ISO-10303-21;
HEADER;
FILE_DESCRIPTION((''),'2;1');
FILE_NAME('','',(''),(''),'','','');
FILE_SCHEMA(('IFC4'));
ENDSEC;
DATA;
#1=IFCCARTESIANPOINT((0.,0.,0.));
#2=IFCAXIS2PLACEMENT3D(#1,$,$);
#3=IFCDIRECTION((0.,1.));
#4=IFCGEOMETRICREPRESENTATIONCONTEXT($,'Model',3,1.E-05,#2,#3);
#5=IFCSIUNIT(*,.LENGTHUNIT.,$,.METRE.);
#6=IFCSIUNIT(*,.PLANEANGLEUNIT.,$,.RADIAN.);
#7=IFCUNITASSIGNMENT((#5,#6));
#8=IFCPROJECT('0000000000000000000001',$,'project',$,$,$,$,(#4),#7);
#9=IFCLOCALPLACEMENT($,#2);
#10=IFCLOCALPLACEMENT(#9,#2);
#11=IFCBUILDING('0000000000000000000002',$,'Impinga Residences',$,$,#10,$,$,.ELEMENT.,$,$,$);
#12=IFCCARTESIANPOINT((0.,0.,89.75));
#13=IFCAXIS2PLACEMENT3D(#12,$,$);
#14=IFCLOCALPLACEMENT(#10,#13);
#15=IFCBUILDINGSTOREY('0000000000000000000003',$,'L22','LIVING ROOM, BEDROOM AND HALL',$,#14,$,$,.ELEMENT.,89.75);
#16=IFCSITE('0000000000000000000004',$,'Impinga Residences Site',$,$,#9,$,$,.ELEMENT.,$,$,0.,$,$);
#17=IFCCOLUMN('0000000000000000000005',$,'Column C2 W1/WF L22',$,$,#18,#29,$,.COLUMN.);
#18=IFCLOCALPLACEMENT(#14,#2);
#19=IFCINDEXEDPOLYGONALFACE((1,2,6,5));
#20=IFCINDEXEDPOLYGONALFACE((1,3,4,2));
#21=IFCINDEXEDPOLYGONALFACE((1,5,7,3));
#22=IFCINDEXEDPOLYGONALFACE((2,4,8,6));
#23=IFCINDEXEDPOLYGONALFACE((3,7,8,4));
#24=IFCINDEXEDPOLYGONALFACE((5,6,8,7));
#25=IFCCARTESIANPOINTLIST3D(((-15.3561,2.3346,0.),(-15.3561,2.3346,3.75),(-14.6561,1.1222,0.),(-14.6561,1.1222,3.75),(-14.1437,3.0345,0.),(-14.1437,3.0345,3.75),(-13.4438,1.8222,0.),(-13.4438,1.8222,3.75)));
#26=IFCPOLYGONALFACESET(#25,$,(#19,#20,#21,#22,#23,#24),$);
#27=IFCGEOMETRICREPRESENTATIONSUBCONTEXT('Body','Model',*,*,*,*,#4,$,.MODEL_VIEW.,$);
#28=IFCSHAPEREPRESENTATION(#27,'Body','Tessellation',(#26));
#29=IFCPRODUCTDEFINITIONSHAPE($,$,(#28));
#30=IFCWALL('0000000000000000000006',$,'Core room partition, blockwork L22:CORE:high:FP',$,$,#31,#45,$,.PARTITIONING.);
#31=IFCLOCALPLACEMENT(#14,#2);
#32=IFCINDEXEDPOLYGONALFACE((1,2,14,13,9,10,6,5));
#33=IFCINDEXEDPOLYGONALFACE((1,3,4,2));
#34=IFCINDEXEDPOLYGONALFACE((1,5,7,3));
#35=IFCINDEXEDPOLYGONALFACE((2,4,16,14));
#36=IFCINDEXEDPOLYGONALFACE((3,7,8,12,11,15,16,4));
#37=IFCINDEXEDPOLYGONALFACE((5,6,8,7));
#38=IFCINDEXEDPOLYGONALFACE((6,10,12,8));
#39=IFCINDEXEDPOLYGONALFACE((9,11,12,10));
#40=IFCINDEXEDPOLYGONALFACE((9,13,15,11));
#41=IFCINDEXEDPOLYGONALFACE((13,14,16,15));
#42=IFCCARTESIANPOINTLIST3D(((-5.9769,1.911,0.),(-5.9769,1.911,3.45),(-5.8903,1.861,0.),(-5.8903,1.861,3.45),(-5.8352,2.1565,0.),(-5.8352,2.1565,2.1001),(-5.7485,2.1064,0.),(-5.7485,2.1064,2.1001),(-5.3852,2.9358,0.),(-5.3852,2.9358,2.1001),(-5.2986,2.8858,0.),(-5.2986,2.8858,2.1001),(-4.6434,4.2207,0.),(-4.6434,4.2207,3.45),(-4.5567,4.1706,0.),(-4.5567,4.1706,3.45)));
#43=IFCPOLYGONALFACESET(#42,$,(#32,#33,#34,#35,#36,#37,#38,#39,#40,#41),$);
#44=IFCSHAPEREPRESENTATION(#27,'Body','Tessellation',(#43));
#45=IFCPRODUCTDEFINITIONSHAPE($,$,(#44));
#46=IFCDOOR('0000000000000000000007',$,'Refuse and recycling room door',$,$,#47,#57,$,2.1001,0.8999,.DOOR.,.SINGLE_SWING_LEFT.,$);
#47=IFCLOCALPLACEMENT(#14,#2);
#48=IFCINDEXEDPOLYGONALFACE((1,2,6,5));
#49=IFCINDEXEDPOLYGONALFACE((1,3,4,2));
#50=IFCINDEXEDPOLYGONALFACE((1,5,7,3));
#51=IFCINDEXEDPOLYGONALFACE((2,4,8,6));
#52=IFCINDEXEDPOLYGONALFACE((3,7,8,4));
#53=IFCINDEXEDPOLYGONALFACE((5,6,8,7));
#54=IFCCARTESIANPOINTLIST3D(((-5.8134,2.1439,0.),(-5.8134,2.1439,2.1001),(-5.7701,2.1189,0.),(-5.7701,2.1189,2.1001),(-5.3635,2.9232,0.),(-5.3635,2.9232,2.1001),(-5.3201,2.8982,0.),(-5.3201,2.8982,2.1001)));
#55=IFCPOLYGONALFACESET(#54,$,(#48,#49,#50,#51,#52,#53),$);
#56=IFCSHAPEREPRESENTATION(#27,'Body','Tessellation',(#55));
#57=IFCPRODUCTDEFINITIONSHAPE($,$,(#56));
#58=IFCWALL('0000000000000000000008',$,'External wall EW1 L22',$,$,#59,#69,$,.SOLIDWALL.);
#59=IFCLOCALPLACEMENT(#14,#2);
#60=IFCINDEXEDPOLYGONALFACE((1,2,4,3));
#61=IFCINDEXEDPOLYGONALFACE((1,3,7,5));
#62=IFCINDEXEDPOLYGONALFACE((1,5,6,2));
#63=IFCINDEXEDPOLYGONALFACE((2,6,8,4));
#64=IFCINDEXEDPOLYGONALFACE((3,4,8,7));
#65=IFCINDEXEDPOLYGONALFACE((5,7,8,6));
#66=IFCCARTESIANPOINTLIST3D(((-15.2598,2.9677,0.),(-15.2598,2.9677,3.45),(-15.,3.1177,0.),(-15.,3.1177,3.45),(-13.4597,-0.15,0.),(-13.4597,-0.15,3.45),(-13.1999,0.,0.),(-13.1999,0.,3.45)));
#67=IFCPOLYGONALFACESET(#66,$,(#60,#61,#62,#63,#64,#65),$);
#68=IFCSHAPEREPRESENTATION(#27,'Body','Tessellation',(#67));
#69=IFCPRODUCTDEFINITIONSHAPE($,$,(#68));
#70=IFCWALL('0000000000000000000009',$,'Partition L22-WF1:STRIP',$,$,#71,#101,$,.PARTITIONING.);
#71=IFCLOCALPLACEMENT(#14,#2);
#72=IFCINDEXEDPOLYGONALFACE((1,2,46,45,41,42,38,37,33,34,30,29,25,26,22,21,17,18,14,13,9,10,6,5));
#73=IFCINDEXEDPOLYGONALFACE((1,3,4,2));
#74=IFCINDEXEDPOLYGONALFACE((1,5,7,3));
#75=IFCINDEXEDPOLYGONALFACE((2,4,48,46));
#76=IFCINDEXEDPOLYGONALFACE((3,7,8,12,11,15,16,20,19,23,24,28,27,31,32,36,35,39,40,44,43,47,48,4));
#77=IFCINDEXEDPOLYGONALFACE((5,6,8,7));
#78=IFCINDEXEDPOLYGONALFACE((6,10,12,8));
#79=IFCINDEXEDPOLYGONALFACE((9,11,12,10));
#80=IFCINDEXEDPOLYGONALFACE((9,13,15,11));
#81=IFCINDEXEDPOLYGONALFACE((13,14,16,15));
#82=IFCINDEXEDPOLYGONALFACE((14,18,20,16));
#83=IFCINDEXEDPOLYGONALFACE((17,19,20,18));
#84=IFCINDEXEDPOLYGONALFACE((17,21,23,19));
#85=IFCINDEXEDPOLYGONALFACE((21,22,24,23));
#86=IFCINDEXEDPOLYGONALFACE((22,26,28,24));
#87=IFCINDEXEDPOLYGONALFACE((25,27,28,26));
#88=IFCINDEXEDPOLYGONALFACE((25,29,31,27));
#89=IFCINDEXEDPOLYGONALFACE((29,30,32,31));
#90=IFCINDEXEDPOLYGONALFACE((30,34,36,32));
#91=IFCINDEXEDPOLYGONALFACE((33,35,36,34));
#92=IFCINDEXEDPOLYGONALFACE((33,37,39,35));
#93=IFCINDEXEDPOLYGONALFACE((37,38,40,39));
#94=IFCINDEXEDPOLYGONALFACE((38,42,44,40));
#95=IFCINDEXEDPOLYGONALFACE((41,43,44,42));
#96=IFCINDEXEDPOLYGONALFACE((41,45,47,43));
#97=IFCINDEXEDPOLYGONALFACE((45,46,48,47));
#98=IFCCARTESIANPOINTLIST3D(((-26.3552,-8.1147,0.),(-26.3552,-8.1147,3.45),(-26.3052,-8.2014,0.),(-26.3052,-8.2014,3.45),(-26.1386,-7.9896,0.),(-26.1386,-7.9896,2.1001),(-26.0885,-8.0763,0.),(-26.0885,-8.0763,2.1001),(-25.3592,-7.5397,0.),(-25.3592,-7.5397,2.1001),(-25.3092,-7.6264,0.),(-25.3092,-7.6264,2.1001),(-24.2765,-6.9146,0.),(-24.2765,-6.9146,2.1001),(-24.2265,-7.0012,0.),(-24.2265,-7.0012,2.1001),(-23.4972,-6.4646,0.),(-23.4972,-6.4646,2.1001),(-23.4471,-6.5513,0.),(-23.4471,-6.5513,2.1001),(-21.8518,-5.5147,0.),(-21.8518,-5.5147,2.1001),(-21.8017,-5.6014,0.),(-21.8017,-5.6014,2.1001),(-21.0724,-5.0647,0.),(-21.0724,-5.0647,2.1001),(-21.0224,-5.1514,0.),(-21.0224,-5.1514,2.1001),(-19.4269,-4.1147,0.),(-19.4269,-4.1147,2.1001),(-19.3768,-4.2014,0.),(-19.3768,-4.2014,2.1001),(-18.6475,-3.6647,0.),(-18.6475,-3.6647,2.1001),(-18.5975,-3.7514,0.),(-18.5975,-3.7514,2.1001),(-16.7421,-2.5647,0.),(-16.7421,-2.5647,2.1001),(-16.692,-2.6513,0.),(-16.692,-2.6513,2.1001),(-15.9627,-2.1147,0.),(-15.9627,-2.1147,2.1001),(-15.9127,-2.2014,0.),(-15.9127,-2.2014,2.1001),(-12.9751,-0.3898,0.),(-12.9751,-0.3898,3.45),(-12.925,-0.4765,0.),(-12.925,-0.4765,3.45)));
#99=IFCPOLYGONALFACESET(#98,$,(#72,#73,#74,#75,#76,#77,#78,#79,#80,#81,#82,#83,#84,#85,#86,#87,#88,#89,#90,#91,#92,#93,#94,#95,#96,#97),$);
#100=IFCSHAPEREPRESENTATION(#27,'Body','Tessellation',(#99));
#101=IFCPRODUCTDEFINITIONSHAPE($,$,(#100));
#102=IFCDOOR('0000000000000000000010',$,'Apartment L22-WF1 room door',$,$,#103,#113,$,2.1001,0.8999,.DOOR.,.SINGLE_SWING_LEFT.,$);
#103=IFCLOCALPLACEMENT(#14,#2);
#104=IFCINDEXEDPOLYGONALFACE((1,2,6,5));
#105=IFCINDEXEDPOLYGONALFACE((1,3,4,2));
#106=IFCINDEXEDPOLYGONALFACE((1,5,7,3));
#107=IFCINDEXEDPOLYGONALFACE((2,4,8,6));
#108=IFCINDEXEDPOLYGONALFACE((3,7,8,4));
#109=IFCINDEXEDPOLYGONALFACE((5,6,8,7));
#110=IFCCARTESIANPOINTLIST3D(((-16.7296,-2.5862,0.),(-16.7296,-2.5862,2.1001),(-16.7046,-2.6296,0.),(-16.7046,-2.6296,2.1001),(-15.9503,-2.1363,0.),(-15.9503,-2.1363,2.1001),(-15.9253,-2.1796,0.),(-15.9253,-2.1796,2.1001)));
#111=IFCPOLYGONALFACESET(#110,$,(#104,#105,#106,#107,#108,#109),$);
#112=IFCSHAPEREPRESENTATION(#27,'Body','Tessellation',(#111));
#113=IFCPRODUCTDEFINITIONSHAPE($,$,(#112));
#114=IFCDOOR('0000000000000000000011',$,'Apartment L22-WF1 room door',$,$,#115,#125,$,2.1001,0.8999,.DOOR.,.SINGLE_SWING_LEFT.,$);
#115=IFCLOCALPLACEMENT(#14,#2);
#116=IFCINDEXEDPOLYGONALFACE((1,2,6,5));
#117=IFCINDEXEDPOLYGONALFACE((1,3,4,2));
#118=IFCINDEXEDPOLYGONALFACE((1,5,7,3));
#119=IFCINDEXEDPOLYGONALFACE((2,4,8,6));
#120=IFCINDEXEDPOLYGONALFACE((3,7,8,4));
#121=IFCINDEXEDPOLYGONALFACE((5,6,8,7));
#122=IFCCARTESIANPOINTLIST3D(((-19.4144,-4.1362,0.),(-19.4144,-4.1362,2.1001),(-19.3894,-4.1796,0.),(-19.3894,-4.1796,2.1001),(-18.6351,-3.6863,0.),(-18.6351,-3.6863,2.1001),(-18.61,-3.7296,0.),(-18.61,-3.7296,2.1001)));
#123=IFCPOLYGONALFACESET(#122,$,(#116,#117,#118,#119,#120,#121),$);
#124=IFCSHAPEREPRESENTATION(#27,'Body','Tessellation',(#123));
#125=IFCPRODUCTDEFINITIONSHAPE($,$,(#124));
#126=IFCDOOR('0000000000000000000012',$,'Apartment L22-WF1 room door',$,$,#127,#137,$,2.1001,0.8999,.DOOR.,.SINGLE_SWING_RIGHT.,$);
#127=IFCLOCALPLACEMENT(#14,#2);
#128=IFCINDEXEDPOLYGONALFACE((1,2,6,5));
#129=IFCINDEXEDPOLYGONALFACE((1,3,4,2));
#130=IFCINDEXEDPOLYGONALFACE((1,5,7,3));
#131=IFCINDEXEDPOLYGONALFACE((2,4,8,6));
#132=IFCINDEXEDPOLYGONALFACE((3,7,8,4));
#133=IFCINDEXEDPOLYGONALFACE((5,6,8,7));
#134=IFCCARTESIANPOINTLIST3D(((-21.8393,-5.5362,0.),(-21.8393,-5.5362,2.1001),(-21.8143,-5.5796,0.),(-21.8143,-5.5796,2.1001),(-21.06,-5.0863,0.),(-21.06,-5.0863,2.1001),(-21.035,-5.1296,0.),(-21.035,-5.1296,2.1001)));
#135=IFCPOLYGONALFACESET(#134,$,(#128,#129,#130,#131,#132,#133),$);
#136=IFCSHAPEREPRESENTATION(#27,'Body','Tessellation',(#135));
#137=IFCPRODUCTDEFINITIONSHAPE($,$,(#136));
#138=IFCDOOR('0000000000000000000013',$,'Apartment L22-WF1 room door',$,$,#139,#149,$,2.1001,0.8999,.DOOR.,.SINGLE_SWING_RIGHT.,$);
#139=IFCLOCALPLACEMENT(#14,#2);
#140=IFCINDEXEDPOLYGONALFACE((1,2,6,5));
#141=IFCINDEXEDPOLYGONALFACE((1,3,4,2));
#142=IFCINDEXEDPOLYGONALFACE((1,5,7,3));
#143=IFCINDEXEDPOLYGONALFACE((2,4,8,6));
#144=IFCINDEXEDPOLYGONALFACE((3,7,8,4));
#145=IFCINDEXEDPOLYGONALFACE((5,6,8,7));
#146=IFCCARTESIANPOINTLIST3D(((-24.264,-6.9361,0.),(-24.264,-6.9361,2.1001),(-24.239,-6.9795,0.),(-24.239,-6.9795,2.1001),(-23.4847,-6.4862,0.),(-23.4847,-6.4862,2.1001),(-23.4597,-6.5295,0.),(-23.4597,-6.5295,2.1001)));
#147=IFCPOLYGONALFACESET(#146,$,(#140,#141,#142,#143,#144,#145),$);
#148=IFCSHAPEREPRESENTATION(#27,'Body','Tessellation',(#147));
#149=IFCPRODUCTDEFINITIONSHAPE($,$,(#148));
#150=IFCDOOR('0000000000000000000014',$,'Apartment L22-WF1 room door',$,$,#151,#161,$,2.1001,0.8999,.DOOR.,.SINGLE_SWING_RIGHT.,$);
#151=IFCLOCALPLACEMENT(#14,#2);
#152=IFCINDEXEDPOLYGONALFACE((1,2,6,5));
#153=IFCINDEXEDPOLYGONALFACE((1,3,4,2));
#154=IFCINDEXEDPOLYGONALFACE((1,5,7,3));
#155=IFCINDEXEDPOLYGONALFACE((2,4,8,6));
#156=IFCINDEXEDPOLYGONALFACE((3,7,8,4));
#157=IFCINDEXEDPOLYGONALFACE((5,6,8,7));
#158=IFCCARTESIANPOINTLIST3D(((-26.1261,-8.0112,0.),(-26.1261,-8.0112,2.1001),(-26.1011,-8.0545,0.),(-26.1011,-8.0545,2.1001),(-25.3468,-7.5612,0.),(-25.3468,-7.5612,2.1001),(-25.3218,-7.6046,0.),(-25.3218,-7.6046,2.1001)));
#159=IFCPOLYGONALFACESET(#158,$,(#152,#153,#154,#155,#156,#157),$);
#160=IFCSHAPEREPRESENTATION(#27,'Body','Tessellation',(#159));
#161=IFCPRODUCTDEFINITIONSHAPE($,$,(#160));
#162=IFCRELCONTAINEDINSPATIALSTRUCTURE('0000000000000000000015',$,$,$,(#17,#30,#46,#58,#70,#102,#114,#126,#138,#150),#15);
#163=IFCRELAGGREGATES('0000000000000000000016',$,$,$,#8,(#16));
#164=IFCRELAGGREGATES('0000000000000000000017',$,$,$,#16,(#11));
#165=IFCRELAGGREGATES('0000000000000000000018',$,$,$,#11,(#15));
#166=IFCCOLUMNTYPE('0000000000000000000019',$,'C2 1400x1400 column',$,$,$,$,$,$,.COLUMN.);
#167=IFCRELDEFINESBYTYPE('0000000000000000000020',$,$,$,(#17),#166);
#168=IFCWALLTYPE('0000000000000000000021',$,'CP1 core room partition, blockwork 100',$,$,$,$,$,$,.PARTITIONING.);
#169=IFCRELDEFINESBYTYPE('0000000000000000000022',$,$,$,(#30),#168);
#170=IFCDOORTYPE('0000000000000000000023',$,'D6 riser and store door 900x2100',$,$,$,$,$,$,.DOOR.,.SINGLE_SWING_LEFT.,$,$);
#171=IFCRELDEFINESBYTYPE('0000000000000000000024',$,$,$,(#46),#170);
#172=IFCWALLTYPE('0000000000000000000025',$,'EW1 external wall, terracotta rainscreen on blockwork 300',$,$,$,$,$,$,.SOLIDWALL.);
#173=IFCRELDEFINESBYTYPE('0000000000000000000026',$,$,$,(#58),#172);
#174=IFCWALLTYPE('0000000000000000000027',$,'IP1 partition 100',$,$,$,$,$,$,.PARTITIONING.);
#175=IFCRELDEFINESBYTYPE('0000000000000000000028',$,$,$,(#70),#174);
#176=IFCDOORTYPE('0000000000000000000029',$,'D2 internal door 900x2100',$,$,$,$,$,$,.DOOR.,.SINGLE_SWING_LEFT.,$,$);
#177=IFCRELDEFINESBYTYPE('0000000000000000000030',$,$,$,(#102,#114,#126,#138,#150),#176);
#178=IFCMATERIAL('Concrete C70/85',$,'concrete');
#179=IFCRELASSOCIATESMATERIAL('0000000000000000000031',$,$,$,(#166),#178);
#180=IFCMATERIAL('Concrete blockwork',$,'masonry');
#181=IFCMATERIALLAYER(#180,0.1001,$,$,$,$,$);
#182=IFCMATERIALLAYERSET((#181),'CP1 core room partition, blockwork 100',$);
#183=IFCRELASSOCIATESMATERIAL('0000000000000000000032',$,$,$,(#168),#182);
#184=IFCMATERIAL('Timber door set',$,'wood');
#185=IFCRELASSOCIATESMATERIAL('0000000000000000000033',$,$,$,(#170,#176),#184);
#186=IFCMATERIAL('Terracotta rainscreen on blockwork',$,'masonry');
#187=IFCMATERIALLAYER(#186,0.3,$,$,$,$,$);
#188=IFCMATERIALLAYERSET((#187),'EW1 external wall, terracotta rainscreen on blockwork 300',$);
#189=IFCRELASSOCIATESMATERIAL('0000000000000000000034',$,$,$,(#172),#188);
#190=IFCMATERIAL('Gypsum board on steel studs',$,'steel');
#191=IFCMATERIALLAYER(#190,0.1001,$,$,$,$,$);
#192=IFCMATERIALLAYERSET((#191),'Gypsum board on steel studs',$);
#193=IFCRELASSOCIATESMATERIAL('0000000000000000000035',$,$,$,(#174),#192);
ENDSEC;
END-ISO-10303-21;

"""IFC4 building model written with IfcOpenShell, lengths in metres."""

from ifc_helpers import new_model, si_unit, direction, frame, frame_2d, origin, origin_2d, place, context, subcontext, project, spatial, rectangle, extrude, material, layer, layer_set, material_profile, profile_set, type_object, element, fill, save


model = new_model("IFC4")

# Units and contexts
model_context = context("Model", 3, precision=1e-05, world=origin(), true_north=direction((0.0, 1.0)))
body_context = subcontext(model_context, "Body", "Model", "MODEL_VIEW")
ifc_project = project(units=[si_unit("LENGTHUNIT", "METRE"), si_unit("PLANEANGLEUNIT", "RADIAN")], contexts=[model_context])

# Site, building, storey
site_placement = place(None, origin())
site = spatial("IfcSite", under=ifc_project, at=site_placement, Name="Impinga Residences Site", CompositionType="ELEMENT", RefElevation=0.0)
building_placement = place(site_placement, origin())
building = spatial("IfcBuilding", under=site, at=building_placement, Name="Impinga Residences", CompositionType="ELEMENT")
storey_placement = place(building_placement, frame((0.0, 0.0, 89.75)))
storey = spatial("IfcBuildingStorey", under=building, at=storey_placement, Name="L22", Description="LIVING ROOM, BEDROOM AND HALL", CompositionType="ELEMENT", Elevation=89.75)

# Column
ifc_material_1 = material(Name="Concrete C70/85", Category="concrete")
ifc_material_profile = material_profile(ifc_material_1, rectangle(XDim=1.3999, YDim=1.3999, at=origin_2d()), Name="RC 1400x1400")
ifc_profile_set = profile_set([ifc_material_profile], Name="Concrete C70/85")
column_type = type_object("IfcColumnType", Name="C2 1400x1400 column", PredefinedType="COLUMN", material=ifc_profile_set)
column_placement = place(storey_placement, frame((-14.3999, 2.0784, 0.0), z_axis=(0.0, 0.0, 1.0), x_axis=(-0.5, 0.866025, 0.0)))
element("IfcColumn", 1, at=column_placement, inside=storey, type_object=column_type, Name="Column C2 W1/WF L22", PredefinedType="COLUMN", context=body_context, shape_type="SweptSolid", body=[
    extrude(rectangle(XDim=1.3999, YDim=1.3999, at=origin_2d()), origin(), (0.0, 0.0, 1.0), 3.75),
])

# Wall, opening, door
ifc_material_2 = material(Name="Concrete blockwork", Category="masonry")
ifc_layer_1 = layer(ifc_material_2, 0.1001)
ifc_layer_set_1 = layer_set([ifc_layer_1], Name="CP1 core room partition, blockwork 100")
wall_type_1 = type_object("IfcWallType", Name="CP1 core room partition, blockwork 100", PredefinedType="PARTITIONING", material=ifc_layer_set_1)
wall_1_placement = place(storey_placement, frame((-5.9336, 1.886, 0.0), z_axis=(0.0, 0.0, 1.0), x_axis=(0.500018, 0.866015, 0.0)))
wall_1 = element("IfcWall", 2, at=wall_1_placement, inside=storey, type_object=wall_type_1, Name="Core room partition, blockwork L22:CORE:high:FP", PredefinedType="PARTITIONING", context=body_context, shape_type="SweptSolid", body=[
    extrude(rectangle(XDim=2.667, YDim=0.1001, at=frame_2d((1.3335, 0.0))), origin(), (0.0, 0.0, 1.0), 3.45),
])
opening_1_placement = place(wall_1_placement, frame((0.2834, 0.0, 0.0)))
opening_1 = element("IfcOpeningElement", 3, at=opening_1_placement, cuts=wall_1, PredefinedType="OPENING", context=body_context, shape_type="SweptSolid", body=[
    extrude(rectangle(XDim=0.8999, YDim=2.1001, at=frame_2d((0.45, 1.05))), frame((0.0, 0.0601, 0.0), z_axis=(0.0, -1.0, 0.0), x_axis=(1.0, 0.0, 0.0)), (0.0, 0.0, 1.0), 0.1201),
])
ifc_material_3 = material(Name="Timber door set", Category="wood")
door_type_1 = type_object("IfcDoorType", Name="D6 riser and store door 900x2100", OperationType="SINGLE_SWING_LEFT", PredefinedType="DOOR", material=ifc_material_3)
door_1_placement = place(opening_1_placement, origin())
door_1 = element("IfcDoor", 4, at=door_1_placement, inside=storey, type_object=door_type_1, Name="Refuse and recycling room door", OperationType="SINGLE_SWING_LEFT", OverallHeight=2.1001, OverallWidth=0.8999, PredefinedType="DOOR", context=body_context, shape_type="SweptSolid", body=[
    extrude(rectangle(XDim=0.8999, YDim=2.1001, at=frame_2d((0.45, 1.05))), frame((0.0, 0.0249, 0.0), z_axis=(0.0, -1.0, 0.0), x_axis=(1.0, 0.0, 0.0)), (0.0, 0.0, 1.0), 0.05),
])
fill(opening_1, door_1)

# Wall
ifc_material_4 = material(Name="Terracotta rainscreen on blockwork", Category="masonry")
ifc_layer_2 = layer(ifc_material_4, 0.3)
ifc_layer_set_2 = layer_set([ifc_layer_2], Name="EW1 external wall, terracotta rainscreen on blockwork 300")
wall_type_2 = type_object("IfcWallType", Name="EW1 external wall, terracotta rainscreen on blockwork 300", PredefinedType="SOLIDWALL", material=ifc_layer_set_2)
wall_2_placement = place(storey_placement, frame((-15.1299, 3.0427, 0.0), z_axis=(0.0, 0.0, 1.0), x_axis=(0.500012, -0.866018, 0.0)))
element("IfcWall", 5, at=wall_2_placement, inside=storey, type_object=wall_type_2, Name="External wall EW1 L22", PredefinedType="SOLIDWALL", context=body_context, shape_type="SweptSolid", body=[
    extrude(rectangle(XDim=3.6001, YDim=0.3, at=frame_2d((1.8, 0.0))), origin(), (0.0, 0.0, 1.0), 3.45),
])

# Wall, openings, doors
ifc_material_5 = material(Name="Gypsum board on steel studs", Category="steel")
ifc_layer_3 = layer(ifc_material_5, 0.1001)
ifc_layer_set_3 = layer_set([ifc_layer_3], Name="Gypsum board on steel studs")
wall_type_3 = type_object("IfcWallType", Name="IP1 partition 100", PredefinedType="PARTITIONING", material=ifc_layer_set_3)
wall_3_placement = place(storey_placement, frame((-12.95, -0.4331, 0.0), z_axis=(0.0, 0.0, 1.0), x_axis=(-0.86603, -0.499992, 0.0)))
wall_3 = element("IfcWall", 6, at=wall_3_placement, inside=storey, type_object=wall_type_3, Name="Partition L22-WF1:STRIP", PredefinedType="PARTITIONING", context=body_context, shape_type="SweptSolid", body=[
    extrude(rectangle(XDim=15.45, YDim=0.1001, at=frame_2d((7.7251, 0.0))), origin(), (0.0, 0.0, 1.0), 3.45),
])
opening_2_placement = place(wall_3_placement, frame((3.45, 0.0, 0.0)))
opening_2 = element("IfcOpeningElement", 7, at=opening_2_placement, cuts=wall_3, PredefinedType="OPENING", context=body_context, shape_type="SweptSolid", body=[
    extrude(rectangle(XDim=0.8999, YDim=2.1001, at=frame_2d((0.45, 1.05))), frame((0.0, 0.0601, 0.0), z_axis=(0.0, -1.0, 0.0), x_axis=(1.0, 0.0, 0.0)), (0.0, 0.0, 1.0), 0.1201),
])
opening_3_placement = place(wall_3_placement, frame((6.55, 0.0, 0.0)))
opening_3 = element("IfcOpeningElement", 8, at=opening_3_placement, cuts=wall_3, PredefinedType="OPENING", context=body_context, shape_type="SweptSolid", body=[
    extrude(rectangle(XDim=0.8999, YDim=2.1001, at=frame_2d((0.45, 1.05))), frame((0.0, 0.0601, 0.0), z_axis=(0.0, -1.0, 0.0), x_axis=(1.0, 0.0, 0.0)), (0.0, 0.0, 1.0), 0.1201),
])
opening_4_placement = place(wall_3_placement, frame((9.3501, 0.0, 0.0)))
opening_4 = element("IfcOpeningElement", 9, at=opening_4_placement, cuts=wall_3, PredefinedType="OPENING", context=body_context, shape_type="SweptSolid", body=[
    extrude(rectangle(XDim=0.8999, YDim=2.1001, at=frame_2d((0.45, 1.05))), frame((0.0, 0.0601, 0.0), z_axis=(0.0, -1.0, 0.0), x_axis=(1.0, 0.0, 0.0)), (0.0, 0.0, 1.0), 0.1201),
])
opening_5_placement = place(wall_3_placement, frame((12.1499, 0.0, 0.0)))
opening_5 = element("IfcOpeningElement", 10, at=opening_5_placement, cuts=wall_3, PredefinedType="OPENING", context=body_context, shape_type="SweptSolid", body=[
    extrude(rectangle(XDim=0.8999, YDim=2.1001, at=frame_2d((0.45, 1.05))), frame((0.0, 0.0601, 0.0), z_axis=(0.0, -1.0, 0.0), x_axis=(1.0, 0.0, 0.0)), (0.0, 0.0, 1.0), 0.1201),
])
opening_6_placement = place(wall_3_placement, frame((14.3, 0.0, 0.0)))
opening_6 = element("IfcOpeningElement", 11, at=opening_6_placement, cuts=wall_3, PredefinedType="OPENING", context=body_context, shape_type="SweptSolid", body=[
    extrude(rectangle(XDim=0.8999, YDim=2.1001, at=frame_2d((0.45, 1.05))), frame((0.0, 0.0601, 0.0), z_axis=(0.0, -1.0, 0.0), x_axis=(1.0, 0.0, 0.0)), (0.0, 0.0, 1.0), 0.1201),
])
door_type_2 = type_object("IfcDoorType", Name="D2 internal door 900x2100", OperationType="SINGLE_SWING_LEFT", PredefinedType="DOOR", material=ifc_material_3)
door_2_placement = place(opening_2_placement, origin())
door_2 = element("IfcDoor", 12, at=door_2_placement, inside=storey, type_object=door_type_2, Name="Apartment L22-WF1 room door", OperationType="SINGLE_SWING_LEFT", OverallHeight=2.1001, OverallWidth=0.8999, PredefinedType="DOOR", context=body_context, shape_type="SweptSolid", body=[
    extrude(rectangle(XDim=0.8999, YDim=2.1001, at=frame_2d((0.45, 1.05))), frame((0.0, 0.0249, 0.0), z_axis=(0.0, -1.0, 0.0), x_axis=(1.0, 0.0, 0.0)), (0.0, 0.0, 1.0), 0.05),
])
fill(opening_2, door_2)
door_3_placement = place(opening_3_placement, origin())
door_3 = element("IfcDoor", 13, at=door_3_placement, inside=storey, type_object=door_type_2, Name="Apartment L22-WF1 room door", OperationType="SINGLE_SWING_LEFT", OverallHeight=2.1001, OverallWidth=0.8999, PredefinedType="DOOR", context=body_context, shape_type="SweptSolid", body=[
    extrude(rectangle(XDim=0.8999, YDim=2.1001, at=frame_2d((0.45, 1.05))), frame((0.0, 0.0249, 0.0), z_axis=(0.0, -1.0, 0.0), x_axis=(1.0, 0.0, 0.0)), (0.0, 0.0, 1.0), 0.05),
])
fill(opening_3, door_3)
door_4_placement = place(opening_4_placement, origin())
door_4 = element("IfcDoor", 14, at=door_4_placement, inside=storey, type_object=door_type_2, Name="Apartment L22-WF1 room door", OperationType="SINGLE_SWING_RIGHT", OverallHeight=2.1001, OverallWidth=0.8999, PredefinedType="DOOR", context=body_context, shape_type="SweptSolid", body=[
    extrude(rectangle(XDim=0.8999, YDim=2.1001, at=frame_2d((0.45, 1.05))), frame((0.0, 0.0249, 0.0), z_axis=(0.0, -1.0, 0.0), x_axis=(1.0, 0.0, 0.0)), (0.0, 0.0, 1.0), 0.05),
])
fill(opening_4, door_4)
door_5_placement = place(opening_5_placement, origin())
door_5 = element("IfcDoor", 15, at=door_5_placement, inside=storey, type_object=door_type_2, Name="Apartment L22-WF1 room door", OperationType="SINGLE_SWING_RIGHT", OverallHeight=2.1001, OverallWidth=0.8999, PredefinedType="DOOR", context=body_context, shape_type="SweptSolid", body=[
    extrude(rectangle(XDim=0.8999, YDim=2.1001, at=frame_2d((0.45, 1.05))), frame((0.0, 0.0249, 0.0), z_axis=(0.0, -1.0, 0.0), x_axis=(1.0, 0.0, 0.0)), (0.0, 0.0, 1.0), 0.05),
])
fill(opening_5, door_5)
door_6_placement = place(opening_6_placement, origin())
door_6 = element("IfcDoor", 16, at=door_6_placement, inside=storey, type_object=door_type_2, Name="Apartment L22-WF1 room door", OperationType="SINGLE_SWING_RIGHT", OverallHeight=2.1001, OverallWidth=0.8999, PredefinedType="DOOR", context=body_context, shape_type="SweptSolid", body=[
    extrude(rectangle(XDim=0.8999, YDim=2.1001, at=frame_2d((0.45, 1.05))), frame((0.0, 0.0249, 0.0), z_axis=(0.0, -1.0, 0.0), x_axis=(1.0, 0.0, 0.0)), (0.0, 0.0, 1.0), 0.05),
])
fill(opening_6, door_6)

save(model, "model.ifc")
